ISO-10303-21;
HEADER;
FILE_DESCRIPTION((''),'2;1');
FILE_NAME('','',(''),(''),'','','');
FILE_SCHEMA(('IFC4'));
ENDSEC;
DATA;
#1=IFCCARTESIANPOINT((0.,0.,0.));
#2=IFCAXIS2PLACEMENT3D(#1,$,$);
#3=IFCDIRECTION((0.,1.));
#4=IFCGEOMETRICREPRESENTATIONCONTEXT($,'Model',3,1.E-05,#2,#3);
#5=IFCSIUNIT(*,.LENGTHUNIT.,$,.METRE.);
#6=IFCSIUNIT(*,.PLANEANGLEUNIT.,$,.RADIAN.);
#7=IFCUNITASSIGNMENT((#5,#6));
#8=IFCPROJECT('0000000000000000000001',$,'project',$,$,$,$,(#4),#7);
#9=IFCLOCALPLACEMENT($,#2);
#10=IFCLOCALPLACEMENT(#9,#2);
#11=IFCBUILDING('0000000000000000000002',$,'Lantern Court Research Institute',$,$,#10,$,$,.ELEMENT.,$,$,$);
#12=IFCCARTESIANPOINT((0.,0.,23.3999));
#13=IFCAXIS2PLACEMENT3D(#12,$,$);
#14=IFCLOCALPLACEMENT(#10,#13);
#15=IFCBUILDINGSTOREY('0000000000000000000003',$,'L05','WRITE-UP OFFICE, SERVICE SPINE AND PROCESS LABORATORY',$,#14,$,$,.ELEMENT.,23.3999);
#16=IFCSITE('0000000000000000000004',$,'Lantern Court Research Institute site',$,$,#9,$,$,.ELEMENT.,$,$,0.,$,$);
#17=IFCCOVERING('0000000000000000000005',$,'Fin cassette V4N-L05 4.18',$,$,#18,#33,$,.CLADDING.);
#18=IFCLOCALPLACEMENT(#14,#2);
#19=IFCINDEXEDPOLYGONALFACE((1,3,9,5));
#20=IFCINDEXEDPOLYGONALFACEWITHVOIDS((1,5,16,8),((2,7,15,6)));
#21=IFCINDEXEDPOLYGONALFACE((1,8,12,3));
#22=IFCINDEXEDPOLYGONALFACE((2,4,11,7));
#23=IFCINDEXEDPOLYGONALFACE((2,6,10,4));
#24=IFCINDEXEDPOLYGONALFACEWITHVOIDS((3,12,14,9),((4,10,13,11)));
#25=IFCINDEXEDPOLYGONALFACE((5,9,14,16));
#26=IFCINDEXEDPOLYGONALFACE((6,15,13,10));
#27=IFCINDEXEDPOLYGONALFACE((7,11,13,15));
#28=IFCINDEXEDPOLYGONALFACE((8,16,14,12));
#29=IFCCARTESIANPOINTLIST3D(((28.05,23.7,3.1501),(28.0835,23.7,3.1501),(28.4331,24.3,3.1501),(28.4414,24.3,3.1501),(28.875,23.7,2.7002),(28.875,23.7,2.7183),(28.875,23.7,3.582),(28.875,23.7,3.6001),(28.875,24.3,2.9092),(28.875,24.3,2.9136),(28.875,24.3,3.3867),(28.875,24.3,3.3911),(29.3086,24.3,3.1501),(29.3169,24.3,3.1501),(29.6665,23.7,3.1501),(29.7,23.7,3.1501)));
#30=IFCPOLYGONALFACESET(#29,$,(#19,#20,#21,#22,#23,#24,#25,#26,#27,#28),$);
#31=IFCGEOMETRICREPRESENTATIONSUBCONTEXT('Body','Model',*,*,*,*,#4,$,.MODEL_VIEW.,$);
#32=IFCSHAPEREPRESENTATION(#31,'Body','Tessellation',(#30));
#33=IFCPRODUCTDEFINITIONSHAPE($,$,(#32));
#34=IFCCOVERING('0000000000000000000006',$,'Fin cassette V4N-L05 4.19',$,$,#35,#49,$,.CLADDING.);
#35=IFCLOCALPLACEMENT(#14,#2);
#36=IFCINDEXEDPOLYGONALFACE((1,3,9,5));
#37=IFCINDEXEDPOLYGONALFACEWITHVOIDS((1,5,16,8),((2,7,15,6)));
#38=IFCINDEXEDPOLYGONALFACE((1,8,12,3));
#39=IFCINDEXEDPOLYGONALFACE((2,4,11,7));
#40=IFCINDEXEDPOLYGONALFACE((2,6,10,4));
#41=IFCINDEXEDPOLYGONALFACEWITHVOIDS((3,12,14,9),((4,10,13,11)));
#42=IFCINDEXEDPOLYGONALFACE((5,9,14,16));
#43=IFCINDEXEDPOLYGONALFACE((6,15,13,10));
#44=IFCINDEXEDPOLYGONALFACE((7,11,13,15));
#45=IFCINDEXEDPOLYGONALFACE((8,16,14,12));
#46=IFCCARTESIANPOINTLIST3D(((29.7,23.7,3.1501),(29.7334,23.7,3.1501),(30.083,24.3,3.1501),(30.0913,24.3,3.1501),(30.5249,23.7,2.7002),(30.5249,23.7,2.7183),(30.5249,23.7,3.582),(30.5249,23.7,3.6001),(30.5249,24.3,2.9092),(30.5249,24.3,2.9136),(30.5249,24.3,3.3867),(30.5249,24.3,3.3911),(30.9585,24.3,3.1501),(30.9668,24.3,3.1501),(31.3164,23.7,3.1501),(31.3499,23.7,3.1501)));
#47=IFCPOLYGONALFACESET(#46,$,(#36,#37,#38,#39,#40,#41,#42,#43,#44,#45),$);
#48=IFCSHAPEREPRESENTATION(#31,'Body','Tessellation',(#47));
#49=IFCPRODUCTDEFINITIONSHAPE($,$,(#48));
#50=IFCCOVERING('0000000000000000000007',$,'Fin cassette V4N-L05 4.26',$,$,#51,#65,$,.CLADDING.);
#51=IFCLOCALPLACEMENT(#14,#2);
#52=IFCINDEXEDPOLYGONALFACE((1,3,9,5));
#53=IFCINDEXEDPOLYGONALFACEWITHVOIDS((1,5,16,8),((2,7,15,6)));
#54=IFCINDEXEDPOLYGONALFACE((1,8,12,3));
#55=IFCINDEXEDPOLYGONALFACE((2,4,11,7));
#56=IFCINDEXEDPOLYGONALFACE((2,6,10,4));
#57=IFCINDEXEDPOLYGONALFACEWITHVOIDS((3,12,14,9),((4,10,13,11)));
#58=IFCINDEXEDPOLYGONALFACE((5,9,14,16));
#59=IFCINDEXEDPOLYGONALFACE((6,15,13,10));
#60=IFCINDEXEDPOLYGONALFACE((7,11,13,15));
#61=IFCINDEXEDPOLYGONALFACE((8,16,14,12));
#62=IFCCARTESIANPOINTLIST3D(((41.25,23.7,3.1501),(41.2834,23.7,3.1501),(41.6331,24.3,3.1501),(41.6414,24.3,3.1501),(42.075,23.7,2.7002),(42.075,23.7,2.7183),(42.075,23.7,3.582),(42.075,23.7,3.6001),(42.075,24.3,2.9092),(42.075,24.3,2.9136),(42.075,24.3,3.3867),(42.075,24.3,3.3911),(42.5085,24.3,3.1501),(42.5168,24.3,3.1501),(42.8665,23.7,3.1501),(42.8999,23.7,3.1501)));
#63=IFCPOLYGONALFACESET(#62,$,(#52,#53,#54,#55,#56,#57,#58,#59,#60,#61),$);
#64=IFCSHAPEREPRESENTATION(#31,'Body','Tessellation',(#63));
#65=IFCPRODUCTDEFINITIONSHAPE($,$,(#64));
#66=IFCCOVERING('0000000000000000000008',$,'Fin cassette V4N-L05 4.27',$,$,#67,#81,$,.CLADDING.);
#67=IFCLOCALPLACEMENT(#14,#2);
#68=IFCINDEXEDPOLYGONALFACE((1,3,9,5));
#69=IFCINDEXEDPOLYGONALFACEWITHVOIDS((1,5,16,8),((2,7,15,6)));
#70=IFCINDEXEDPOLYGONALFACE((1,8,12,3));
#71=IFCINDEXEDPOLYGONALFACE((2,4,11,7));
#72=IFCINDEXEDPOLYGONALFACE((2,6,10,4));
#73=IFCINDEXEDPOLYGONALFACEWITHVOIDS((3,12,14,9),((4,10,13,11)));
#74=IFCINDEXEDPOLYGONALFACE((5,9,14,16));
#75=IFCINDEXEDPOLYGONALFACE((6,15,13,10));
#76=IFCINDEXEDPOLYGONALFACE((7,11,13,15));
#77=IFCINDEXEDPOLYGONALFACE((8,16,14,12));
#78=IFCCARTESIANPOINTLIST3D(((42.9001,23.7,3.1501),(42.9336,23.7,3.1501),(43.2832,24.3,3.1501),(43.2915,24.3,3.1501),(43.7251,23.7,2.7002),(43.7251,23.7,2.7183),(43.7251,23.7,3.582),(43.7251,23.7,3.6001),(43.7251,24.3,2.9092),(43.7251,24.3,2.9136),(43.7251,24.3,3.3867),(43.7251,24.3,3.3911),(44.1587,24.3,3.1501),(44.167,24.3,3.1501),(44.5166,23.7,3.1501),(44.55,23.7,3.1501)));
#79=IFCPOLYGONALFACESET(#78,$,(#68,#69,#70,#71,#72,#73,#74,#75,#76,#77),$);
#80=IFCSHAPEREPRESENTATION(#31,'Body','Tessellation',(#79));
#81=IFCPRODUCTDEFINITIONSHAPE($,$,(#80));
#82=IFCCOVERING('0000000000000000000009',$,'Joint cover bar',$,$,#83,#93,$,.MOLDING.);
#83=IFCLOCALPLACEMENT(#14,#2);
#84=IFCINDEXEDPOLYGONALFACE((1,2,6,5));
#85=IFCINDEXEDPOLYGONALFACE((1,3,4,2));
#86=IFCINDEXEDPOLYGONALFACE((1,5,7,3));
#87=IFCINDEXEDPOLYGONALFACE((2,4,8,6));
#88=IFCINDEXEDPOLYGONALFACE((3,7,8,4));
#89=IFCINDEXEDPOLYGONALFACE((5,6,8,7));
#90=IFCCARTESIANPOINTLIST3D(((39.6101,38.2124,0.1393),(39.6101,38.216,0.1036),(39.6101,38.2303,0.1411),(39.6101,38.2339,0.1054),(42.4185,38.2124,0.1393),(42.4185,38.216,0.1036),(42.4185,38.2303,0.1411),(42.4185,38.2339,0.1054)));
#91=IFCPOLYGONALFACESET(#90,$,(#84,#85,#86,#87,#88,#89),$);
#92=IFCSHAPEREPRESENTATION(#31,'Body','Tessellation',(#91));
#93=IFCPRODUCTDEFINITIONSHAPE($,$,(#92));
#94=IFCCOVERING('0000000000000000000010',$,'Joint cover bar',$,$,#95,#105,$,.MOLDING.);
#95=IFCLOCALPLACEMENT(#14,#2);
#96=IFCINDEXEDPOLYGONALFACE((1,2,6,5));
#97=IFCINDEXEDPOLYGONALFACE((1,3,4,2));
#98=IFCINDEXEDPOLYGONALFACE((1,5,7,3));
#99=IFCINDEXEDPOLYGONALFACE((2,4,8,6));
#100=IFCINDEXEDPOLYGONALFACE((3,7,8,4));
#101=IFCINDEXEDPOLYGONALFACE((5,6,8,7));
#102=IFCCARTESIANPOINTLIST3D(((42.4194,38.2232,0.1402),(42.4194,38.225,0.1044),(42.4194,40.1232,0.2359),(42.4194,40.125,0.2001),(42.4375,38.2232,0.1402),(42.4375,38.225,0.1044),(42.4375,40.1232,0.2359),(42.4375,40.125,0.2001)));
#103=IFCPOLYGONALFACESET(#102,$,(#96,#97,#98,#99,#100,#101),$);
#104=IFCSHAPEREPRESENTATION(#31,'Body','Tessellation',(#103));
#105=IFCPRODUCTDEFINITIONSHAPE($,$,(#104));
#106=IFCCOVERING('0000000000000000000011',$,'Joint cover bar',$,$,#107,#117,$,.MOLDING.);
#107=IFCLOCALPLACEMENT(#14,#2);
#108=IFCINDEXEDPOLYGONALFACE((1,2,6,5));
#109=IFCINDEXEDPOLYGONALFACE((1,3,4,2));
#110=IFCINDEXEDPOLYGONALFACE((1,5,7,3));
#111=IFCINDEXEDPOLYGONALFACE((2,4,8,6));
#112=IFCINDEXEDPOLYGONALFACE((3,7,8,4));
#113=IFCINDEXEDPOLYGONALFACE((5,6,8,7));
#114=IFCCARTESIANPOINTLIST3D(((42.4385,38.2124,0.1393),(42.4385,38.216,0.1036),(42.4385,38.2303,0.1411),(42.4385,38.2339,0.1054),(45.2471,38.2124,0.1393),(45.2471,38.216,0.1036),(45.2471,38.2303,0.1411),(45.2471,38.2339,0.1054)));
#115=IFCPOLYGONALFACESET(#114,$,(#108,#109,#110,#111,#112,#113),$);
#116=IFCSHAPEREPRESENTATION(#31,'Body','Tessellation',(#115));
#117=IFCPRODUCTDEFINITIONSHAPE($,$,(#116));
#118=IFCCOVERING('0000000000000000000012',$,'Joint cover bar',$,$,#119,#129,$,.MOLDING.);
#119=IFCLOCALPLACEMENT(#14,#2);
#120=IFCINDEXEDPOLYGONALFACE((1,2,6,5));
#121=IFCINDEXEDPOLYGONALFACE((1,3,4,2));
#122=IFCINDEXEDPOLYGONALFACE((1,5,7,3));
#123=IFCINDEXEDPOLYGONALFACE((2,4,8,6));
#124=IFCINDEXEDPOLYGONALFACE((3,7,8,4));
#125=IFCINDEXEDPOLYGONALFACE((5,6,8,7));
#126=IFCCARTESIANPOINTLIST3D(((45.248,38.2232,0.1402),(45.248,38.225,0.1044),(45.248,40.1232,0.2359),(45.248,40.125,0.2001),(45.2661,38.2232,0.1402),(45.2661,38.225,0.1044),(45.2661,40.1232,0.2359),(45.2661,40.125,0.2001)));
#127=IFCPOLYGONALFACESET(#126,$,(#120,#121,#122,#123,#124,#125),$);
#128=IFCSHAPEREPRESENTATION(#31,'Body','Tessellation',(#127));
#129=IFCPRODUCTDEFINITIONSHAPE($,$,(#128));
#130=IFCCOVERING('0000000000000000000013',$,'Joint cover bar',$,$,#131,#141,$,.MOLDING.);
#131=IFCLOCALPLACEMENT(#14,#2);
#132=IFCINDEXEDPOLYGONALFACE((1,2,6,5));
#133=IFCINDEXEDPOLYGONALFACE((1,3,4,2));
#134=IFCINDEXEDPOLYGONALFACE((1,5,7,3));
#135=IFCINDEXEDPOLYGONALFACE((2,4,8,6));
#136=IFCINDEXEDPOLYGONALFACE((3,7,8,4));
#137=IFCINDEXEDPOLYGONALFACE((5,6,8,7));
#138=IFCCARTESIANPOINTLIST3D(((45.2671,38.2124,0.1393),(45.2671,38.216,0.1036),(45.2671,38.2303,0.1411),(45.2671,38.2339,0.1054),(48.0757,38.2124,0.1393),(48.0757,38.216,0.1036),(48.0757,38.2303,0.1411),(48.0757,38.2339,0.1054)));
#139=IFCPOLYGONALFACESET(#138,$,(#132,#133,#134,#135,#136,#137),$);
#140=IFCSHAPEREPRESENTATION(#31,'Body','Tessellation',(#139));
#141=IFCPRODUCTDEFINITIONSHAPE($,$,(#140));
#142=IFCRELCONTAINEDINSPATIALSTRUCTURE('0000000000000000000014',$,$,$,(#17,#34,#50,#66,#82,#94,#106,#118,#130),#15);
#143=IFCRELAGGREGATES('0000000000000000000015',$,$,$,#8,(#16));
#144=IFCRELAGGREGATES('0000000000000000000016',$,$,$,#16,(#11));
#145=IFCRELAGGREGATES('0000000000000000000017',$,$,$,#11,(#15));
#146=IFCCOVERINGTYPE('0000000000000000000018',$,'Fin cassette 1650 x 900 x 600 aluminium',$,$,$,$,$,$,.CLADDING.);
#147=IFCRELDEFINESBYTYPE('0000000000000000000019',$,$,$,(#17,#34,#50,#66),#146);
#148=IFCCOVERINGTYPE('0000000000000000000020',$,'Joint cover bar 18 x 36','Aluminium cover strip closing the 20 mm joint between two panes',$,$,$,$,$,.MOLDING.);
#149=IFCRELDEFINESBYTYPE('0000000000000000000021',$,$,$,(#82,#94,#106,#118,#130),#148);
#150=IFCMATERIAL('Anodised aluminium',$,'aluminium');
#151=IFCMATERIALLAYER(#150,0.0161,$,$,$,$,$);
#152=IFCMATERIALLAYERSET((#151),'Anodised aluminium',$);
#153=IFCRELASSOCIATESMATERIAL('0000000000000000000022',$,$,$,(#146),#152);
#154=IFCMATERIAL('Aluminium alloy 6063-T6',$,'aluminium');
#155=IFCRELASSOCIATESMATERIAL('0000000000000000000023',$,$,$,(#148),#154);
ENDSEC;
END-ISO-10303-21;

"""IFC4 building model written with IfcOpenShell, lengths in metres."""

from ifc_helpers import new_model, entity, si_unit, direction, frame, origin, origin_2d, place, context, subcontext, project, spatial, rectangle, extrude, material, layer, layer_set, material_profile, profile_set, type_object, element, save


model = new_model("IFC4")

# Units and contexts
model_context = context("Model", 3, precision=1e-05, world=origin(), true_north=direction((0.0, 1.0)))
body_context = subcontext(model_context, "Body", "Model", "MODEL_VIEW")
ifc_project = project(units=[si_unit("LENGTHUNIT", "METRE"), si_unit("PLANEANGLEUNIT", "RADIAN")], contexts=[model_context])

# Site, building, storey
site_placement = place(None, origin())
site = spatial("IfcSite", under=ifc_project, at=site_placement, Name="Lantern Court Research Institute site", CompositionType="ELEMENT", RefElevation=0.0)
building_placement = place(site_placement, origin())
building = spatial("IfcBuilding", under=site, at=building_placement, Name="Lantern Court Research Institute", CompositionType="ELEMENT")
storey_placement = place(building_placement, frame((0.0, 0.0, 23.3999)))
storey = spatial("IfcBuildingStorey", under=building, at=storey_placement, Name="L05", Description="WRITE-UP OFFICE, SERVICE SPINE AND PROCESS LABORATORY", CompositionType="ELEMENT", Elevation=23.3999)

# Coverings
ifc_material_1 = material(Name="Anodised aluminium", Category="aluminium")
ifc_layer_1 = layer(ifc_material_1, 0.0161)
ifc_layer_set_1 = layer_set([ifc_layer_1], Name="Anodised aluminium")
covering_type_1 = type_object("IfcCoveringType", Name="Fin cassette 1650 x 900 x 600 aluminium", PredefinedType="CLADDING", material=ifc_layer_set_1)
covering_1_placement = place(storey_placement, frame((28.875, 23.7, 3.1501), z_axis=(0.0, 1.0, 0.0), x_axis=(-1.0, 0.0, 0.0)))
cartesian_point_1 = entity("IfcCartesianPoint", [0.825, 0.0])
cartesian_point_2 = entity("IfcCartesianPoint", [0.7915, 0.0])
cartesian_point_3 = entity("IfcCartesianPoint", [0.4419, 0.0])
cartesian_point_4 = entity("IfcCartesianPoint", [0.4336, 0.0])
element("IfcCovering", 1, at=covering_1_placement, inside=storey, type_object=covering_type_1, Name="Fin cassette V4N-L05 4.18", PredefinedType="CLADDING", context=body_context, shape_type="SweptSolid", body=[
    entity("IfcExtrudedAreaSolidTapered", entity("IfcArbitraryProfileDefWithVoids", "AREA", None, entity("IfcPolyline", [cartesian_point_1, entity("IfcCartesianPoint", [0.0, 0.45]), entity("IfcCartesianPoint", [-0.825, 0.0]), entity("IfcCartesianPoint", [0.0, -0.45]), cartesian_point_1]), [entity("IfcPolyline", [cartesian_point_2, entity("IfcCartesianPoint", [0.0, 0.4319]), entity("IfcCartesianPoint", [-0.7915, 0.0]), entity("IfcCartesianPoint", [0.0, -0.4319]), cartesian_point_2])]), entity("IfcAxis2Placement3D", entity("IfcCartesianPoint", [0.0, 0.0, 0.0])), entity("IfcDirection", [0.0, 0.0, 1.0]), 0.6001, entity("IfcArbitraryProfileDefWithVoids", "AREA", None, entity("IfcPolyline", [cartesian_point_3, entity("IfcCartesianPoint", [0.0, 0.241]), entity("IfcCartesianPoint", [-0.4419, 0.0]), entity("IfcCartesianPoint", [0.0, -0.241]), cartesian_point_3]), [entity("IfcPolyline", [cartesian_point_4, entity("IfcCartesianPoint", [0.0, 0.2366]), entity("IfcCartesianPoint", [-0.4336, 0.0]), entity("IfcCartesianPoint", [0.0, -0.2366]), cartesian_point_4])])),
])
covering_2_placement = place(storey_placement, frame((30.5249, 23.7, 3.1501), z_axis=(0.0, 1.0, 0.0), x_axis=(-1.0, 0.0, 0.0)))
cartesian_point_5 = entity("IfcCartesianPoint", [0.825, 0.0])
cartesian_point_6 = entity("IfcCartesianPoint", [0.7915, 0.0])
cartesian_point_7 = entity("IfcCartesianPoint", [0.4419, 0.0])
cartesian_point_8 = entity("IfcCartesianPoint", [0.4336, 0.0])
element("IfcCovering", 2, at=covering_2_placement, inside=storey, type_object=covering_type_1, Name="Fin cassette V4N-L05 4.19", PredefinedType="CLADDING", context=body_context, shape_type="SweptSolid", body=[
    entity("IfcExtrudedAreaSolidTapered", entity("IfcArbitraryProfileDefWithVoids", "AREA", None, entity("IfcPolyline", [cartesian_point_5, entity("IfcCartesianPoint", [0.0, 0.45]), entity("IfcCartesianPoint", [-0.825, 0.0]), entity("IfcCartesianPoint", [0.0, -0.45]), cartesian_point_5]), [entity("IfcPolyline", [cartesian_point_6, entity("IfcCartesianPoint", [0.0, 0.4319]), entity("IfcCartesianPoint", [-0.7915, 0.0]), entity("IfcCartesianPoint", [0.0, -0.4319]), cartesian_point_6])]), entity("IfcAxis2Placement3D", entity("IfcCartesianPoint", [0.0, 0.0, 0.0])), entity("IfcDirection", [0.0, 0.0, 1.0]), 0.6001, entity("IfcArbitraryProfileDefWithVoids", "AREA", None, entity("IfcPolyline", [cartesian_point_7, entity("IfcCartesianPoint", [0.0, 0.241]), entity("IfcCartesianPoint", [-0.4419, 0.0]), entity("IfcCartesianPoint", [0.0, -0.241]), cartesian_point_7]), [entity("IfcPolyline", [cartesian_point_8, entity("IfcCartesianPoint", [0.0, 0.2366]), entity("IfcCartesianPoint", [-0.4336, 0.0]), entity("IfcCartesianPoint", [0.0, -0.2366]), cartesian_point_8])])),
])
covering_3_placement = place(storey_placement, frame((42.075, 23.7, 3.1501), z_axis=(0.0, 1.0, 0.0), x_axis=(-1.0, 0.0, 0.0)))
cartesian_point_9 = entity("IfcCartesianPoint", [0.825, 0.0])
cartesian_point_10 = entity("IfcCartesianPoint", [0.7915, 0.0])
cartesian_point_11 = entity("IfcCartesianPoint", [0.4419, 0.0])
cartesian_point_12 = entity("IfcCartesianPoint", [0.4336, 0.0])
element("IfcCovering", 3, at=covering_3_placement, inside=storey, type_object=covering_type_1, Name="Fin cassette V4N-L05 4.26", PredefinedType="CLADDING", context=body_context, shape_type="SweptSolid", body=[
    entity("IfcExtrudedAreaSolidTapered", entity("IfcArbitraryProfileDefWithVoids", "AREA", None, entity("IfcPolyline", [cartesian_point_9, entity("IfcCartesianPoint", [0.0, 0.45]), entity("IfcCartesianPoint", [-0.825, 0.0]), entity("IfcCartesianPoint", [0.0, -0.45]), cartesian_point_9]), [entity("IfcPolyline", [cartesian_point_10, entity("IfcCartesianPoint", [0.0, 0.4319]), entity("IfcCartesianPoint", [-0.7915, 0.0]), entity("IfcCartesianPoint", [0.0, -0.4319]), cartesian_point_10])]), entity("IfcAxis2Placement3D", entity("IfcCartesianPoint", [0.0, 0.0, 0.0])), entity("IfcDirection", [0.0, 0.0, 1.0]), 0.6001, entity("IfcArbitraryProfileDefWithVoids", "AREA", None, entity("IfcPolyline", [cartesian_point_11, entity("IfcCartesianPoint", [0.0, 0.241]), entity("IfcCartesianPoint", [-0.4419, 0.0]), entity("IfcCartesianPoint", [0.0, -0.241]), cartesian_point_11]), [entity("IfcPolyline", [cartesian_point_12, entity("IfcCartesianPoint", [0.0, 0.2366]), entity("IfcCartesianPoint", [-0.4336, 0.0]), entity("IfcCartesianPoint", [0.0, -0.2366]), cartesian_point_12])])),
])
covering_4_placement = place(storey_placement, frame((43.7251, 23.7, 3.1501), z_axis=(0.0, 1.0, 0.0), x_axis=(-1.0, 0.0, 0.0)))
cartesian_point_13 = entity("IfcCartesianPoint", [0.825, 0.0])
cartesian_point_14 = entity("IfcCartesianPoint", [0.7915, 0.0])
cartesian_point_15 = entity("IfcCartesianPoint", [0.4419, 0.0])
cartesian_point_16 = entity("IfcCartesianPoint", [0.4336, 0.0])
element("IfcCovering", 4, at=covering_4_placement, inside=storey, type_object=covering_type_1, Name="Fin cassette V4N-L05 4.27", PredefinedType="CLADDING", context=body_context, shape_type="SweptSolid", body=[
    entity("IfcExtrudedAreaSolidTapered", entity("IfcArbitraryProfileDefWithVoids", "AREA", None, entity("IfcPolyline", [cartesian_point_13, entity("IfcCartesianPoint", [0.0, 0.45]), entity("IfcCartesianPoint", [-0.825, 0.0]), entity("IfcCartesianPoint", [0.0, -0.45]), cartesian_point_13]), [entity("IfcPolyline", [cartesian_point_14, entity("IfcCartesianPoint", [0.0, 0.4319]), entity("IfcCartesianPoint", [-0.7915, 0.0]), entity("IfcCartesianPoint", [0.0, -0.4319]), cartesian_point_14])]), entity("IfcAxis2Placement3D", entity("IfcCartesianPoint", [0.0, 0.0, 0.0])), entity("IfcDirection", [0.0, 0.0, 1.0]), 0.6001, entity("IfcArbitraryProfileDefWithVoids", "AREA", None, entity("IfcPolyline", [cartesian_point_15, entity("IfcCartesianPoint", [0.0, 0.241]), entity("IfcCartesianPoint", [-0.4419, 0.0]), entity("IfcCartesianPoint", [0.0, -0.241]), cartesian_point_15]), [entity("IfcPolyline", [cartesian_point_16, entity("IfcCartesianPoint", [0.0, 0.2366]), entity("IfcCartesianPoint", [-0.4336, 0.0]), entity("IfcCartesianPoint", [0.0, -0.2366]), cartesian_point_16])])),
])
ifc_material_2 = material(Name="Aluminium alloy 6063-T6", Category="aluminium")
ifc_material_profile_1 = material_profile(ifc_material_2, rectangle(XDim=0.0181, YDim=0.0359, at=origin_2d()), Name="Joint cover bar 18 x 36")
ifc_profile_set_1 = profile_set([ifc_material_profile_1], Name="Aluminium alloy 6063-T6")
covering_type_2 = type_object("IfcCoveringType", Name="Joint cover bar 18 x 36", Description="Aluminium cover strip closing the 20 mm joint between two panes", PredefinedType="MOLDING", material=ifc_profile_set_1)
covering_5_placement = place(storey_placement, frame((39.6101, 38.2231, 0.1223), z_axis=(1.0, 0.0, 0.0), x_axis=(0.0, 0.994934, 0.100531)))
element("IfcCovering", 5, at=covering_5_placement, inside=storey, type_object=covering_type_2, Name="Joint cover bar", PredefinedType="MOLDING", context=body_context, shape_type="SweptSolid", body=[
    extrude(rectangle(XDim=0.0181, YDim=0.0359, at=origin_2d()), origin(), (0.0, 0.0, 1.0), 2.8083),
])
covering_6_placement = place(storey_placement, frame((42.4285, 38.2241, 0.1223), z_axis=(0.0, 0.998734, 0.050309), x_axis=(-1.0, 0.0, 0.0)))
element("IfcCovering", 6, at=covering_6_placement, inside=storey, type_object=covering_type_2, Name="Joint cover bar", PredefinedType="MOLDING", context=body_context, shape_type="SweptSolid", body=[
    extrude(rectangle(XDim=0.0181, YDim=0.0359, at=origin_2d()), origin(), (0.0, 0.0, 1.0), 1.9023),
])
covering_7_placement = place(storey_placement, frame((42.4385, 38.2231, 0.1223), z_axis=(1.0, 0.0, 0.0), x_axis=(0.0, 0.994934, 0.100531)))
element("IfcCovering", 7, at=covering_7_placement, inside=storey, type_object=covering_type_2, Name="Joint cover bar", PredefinedType="MOLDING", context=body_context, shape_type="SweptSolid", body=[
    extrude(rectangle(XDim=0.0181, YDim=0.0359, at=origin_2d()), origin(), (0.0, 0.0, 1.0), 2.8086),
])
covering_8_placement = place(storey_placement, frame((45.2571, 38.2241, 0.1223), z_axis=(0.0, 0.998734, 0.050309), x_axis=(-1.0, 0.0, 0.0)))
element("IfcCovering", 8, at=covering_8_placement, inside=storey, type_object=covering_type_2, Name="Joint cover bar", PredefinedType="MOLDING", context=body_context, shape_type="SweptSolid", body=[
    extrude(rectangle(XDim=0.0181, YDim=0.0359, at=origin_2d()), origin(), (0.0, 0.0, 1.0), 1.9023),
])
covering_9_placement = place(storey_placement, frame((45.2671, 38.2231, 0.1223), z_axis=(1.0, 0.0, 0.0), x_axis=(0.0, 0.994934, 0.100531)))
element("IfcCovering", 9, at=covering_9_placement, inside=storey, type_object=covering_type_2, Name="Joint cover bar", PredefinedType="MOLDING", context=body_context, shape_type="SweptSolid", body=[
    extrude(rectangle(XDim=0.0181, YDim=0.0359, at=origin_2d()), origin(), (0.0, 0.0, 1.0), 2.8086),
])

save(model, "model.ifc")
